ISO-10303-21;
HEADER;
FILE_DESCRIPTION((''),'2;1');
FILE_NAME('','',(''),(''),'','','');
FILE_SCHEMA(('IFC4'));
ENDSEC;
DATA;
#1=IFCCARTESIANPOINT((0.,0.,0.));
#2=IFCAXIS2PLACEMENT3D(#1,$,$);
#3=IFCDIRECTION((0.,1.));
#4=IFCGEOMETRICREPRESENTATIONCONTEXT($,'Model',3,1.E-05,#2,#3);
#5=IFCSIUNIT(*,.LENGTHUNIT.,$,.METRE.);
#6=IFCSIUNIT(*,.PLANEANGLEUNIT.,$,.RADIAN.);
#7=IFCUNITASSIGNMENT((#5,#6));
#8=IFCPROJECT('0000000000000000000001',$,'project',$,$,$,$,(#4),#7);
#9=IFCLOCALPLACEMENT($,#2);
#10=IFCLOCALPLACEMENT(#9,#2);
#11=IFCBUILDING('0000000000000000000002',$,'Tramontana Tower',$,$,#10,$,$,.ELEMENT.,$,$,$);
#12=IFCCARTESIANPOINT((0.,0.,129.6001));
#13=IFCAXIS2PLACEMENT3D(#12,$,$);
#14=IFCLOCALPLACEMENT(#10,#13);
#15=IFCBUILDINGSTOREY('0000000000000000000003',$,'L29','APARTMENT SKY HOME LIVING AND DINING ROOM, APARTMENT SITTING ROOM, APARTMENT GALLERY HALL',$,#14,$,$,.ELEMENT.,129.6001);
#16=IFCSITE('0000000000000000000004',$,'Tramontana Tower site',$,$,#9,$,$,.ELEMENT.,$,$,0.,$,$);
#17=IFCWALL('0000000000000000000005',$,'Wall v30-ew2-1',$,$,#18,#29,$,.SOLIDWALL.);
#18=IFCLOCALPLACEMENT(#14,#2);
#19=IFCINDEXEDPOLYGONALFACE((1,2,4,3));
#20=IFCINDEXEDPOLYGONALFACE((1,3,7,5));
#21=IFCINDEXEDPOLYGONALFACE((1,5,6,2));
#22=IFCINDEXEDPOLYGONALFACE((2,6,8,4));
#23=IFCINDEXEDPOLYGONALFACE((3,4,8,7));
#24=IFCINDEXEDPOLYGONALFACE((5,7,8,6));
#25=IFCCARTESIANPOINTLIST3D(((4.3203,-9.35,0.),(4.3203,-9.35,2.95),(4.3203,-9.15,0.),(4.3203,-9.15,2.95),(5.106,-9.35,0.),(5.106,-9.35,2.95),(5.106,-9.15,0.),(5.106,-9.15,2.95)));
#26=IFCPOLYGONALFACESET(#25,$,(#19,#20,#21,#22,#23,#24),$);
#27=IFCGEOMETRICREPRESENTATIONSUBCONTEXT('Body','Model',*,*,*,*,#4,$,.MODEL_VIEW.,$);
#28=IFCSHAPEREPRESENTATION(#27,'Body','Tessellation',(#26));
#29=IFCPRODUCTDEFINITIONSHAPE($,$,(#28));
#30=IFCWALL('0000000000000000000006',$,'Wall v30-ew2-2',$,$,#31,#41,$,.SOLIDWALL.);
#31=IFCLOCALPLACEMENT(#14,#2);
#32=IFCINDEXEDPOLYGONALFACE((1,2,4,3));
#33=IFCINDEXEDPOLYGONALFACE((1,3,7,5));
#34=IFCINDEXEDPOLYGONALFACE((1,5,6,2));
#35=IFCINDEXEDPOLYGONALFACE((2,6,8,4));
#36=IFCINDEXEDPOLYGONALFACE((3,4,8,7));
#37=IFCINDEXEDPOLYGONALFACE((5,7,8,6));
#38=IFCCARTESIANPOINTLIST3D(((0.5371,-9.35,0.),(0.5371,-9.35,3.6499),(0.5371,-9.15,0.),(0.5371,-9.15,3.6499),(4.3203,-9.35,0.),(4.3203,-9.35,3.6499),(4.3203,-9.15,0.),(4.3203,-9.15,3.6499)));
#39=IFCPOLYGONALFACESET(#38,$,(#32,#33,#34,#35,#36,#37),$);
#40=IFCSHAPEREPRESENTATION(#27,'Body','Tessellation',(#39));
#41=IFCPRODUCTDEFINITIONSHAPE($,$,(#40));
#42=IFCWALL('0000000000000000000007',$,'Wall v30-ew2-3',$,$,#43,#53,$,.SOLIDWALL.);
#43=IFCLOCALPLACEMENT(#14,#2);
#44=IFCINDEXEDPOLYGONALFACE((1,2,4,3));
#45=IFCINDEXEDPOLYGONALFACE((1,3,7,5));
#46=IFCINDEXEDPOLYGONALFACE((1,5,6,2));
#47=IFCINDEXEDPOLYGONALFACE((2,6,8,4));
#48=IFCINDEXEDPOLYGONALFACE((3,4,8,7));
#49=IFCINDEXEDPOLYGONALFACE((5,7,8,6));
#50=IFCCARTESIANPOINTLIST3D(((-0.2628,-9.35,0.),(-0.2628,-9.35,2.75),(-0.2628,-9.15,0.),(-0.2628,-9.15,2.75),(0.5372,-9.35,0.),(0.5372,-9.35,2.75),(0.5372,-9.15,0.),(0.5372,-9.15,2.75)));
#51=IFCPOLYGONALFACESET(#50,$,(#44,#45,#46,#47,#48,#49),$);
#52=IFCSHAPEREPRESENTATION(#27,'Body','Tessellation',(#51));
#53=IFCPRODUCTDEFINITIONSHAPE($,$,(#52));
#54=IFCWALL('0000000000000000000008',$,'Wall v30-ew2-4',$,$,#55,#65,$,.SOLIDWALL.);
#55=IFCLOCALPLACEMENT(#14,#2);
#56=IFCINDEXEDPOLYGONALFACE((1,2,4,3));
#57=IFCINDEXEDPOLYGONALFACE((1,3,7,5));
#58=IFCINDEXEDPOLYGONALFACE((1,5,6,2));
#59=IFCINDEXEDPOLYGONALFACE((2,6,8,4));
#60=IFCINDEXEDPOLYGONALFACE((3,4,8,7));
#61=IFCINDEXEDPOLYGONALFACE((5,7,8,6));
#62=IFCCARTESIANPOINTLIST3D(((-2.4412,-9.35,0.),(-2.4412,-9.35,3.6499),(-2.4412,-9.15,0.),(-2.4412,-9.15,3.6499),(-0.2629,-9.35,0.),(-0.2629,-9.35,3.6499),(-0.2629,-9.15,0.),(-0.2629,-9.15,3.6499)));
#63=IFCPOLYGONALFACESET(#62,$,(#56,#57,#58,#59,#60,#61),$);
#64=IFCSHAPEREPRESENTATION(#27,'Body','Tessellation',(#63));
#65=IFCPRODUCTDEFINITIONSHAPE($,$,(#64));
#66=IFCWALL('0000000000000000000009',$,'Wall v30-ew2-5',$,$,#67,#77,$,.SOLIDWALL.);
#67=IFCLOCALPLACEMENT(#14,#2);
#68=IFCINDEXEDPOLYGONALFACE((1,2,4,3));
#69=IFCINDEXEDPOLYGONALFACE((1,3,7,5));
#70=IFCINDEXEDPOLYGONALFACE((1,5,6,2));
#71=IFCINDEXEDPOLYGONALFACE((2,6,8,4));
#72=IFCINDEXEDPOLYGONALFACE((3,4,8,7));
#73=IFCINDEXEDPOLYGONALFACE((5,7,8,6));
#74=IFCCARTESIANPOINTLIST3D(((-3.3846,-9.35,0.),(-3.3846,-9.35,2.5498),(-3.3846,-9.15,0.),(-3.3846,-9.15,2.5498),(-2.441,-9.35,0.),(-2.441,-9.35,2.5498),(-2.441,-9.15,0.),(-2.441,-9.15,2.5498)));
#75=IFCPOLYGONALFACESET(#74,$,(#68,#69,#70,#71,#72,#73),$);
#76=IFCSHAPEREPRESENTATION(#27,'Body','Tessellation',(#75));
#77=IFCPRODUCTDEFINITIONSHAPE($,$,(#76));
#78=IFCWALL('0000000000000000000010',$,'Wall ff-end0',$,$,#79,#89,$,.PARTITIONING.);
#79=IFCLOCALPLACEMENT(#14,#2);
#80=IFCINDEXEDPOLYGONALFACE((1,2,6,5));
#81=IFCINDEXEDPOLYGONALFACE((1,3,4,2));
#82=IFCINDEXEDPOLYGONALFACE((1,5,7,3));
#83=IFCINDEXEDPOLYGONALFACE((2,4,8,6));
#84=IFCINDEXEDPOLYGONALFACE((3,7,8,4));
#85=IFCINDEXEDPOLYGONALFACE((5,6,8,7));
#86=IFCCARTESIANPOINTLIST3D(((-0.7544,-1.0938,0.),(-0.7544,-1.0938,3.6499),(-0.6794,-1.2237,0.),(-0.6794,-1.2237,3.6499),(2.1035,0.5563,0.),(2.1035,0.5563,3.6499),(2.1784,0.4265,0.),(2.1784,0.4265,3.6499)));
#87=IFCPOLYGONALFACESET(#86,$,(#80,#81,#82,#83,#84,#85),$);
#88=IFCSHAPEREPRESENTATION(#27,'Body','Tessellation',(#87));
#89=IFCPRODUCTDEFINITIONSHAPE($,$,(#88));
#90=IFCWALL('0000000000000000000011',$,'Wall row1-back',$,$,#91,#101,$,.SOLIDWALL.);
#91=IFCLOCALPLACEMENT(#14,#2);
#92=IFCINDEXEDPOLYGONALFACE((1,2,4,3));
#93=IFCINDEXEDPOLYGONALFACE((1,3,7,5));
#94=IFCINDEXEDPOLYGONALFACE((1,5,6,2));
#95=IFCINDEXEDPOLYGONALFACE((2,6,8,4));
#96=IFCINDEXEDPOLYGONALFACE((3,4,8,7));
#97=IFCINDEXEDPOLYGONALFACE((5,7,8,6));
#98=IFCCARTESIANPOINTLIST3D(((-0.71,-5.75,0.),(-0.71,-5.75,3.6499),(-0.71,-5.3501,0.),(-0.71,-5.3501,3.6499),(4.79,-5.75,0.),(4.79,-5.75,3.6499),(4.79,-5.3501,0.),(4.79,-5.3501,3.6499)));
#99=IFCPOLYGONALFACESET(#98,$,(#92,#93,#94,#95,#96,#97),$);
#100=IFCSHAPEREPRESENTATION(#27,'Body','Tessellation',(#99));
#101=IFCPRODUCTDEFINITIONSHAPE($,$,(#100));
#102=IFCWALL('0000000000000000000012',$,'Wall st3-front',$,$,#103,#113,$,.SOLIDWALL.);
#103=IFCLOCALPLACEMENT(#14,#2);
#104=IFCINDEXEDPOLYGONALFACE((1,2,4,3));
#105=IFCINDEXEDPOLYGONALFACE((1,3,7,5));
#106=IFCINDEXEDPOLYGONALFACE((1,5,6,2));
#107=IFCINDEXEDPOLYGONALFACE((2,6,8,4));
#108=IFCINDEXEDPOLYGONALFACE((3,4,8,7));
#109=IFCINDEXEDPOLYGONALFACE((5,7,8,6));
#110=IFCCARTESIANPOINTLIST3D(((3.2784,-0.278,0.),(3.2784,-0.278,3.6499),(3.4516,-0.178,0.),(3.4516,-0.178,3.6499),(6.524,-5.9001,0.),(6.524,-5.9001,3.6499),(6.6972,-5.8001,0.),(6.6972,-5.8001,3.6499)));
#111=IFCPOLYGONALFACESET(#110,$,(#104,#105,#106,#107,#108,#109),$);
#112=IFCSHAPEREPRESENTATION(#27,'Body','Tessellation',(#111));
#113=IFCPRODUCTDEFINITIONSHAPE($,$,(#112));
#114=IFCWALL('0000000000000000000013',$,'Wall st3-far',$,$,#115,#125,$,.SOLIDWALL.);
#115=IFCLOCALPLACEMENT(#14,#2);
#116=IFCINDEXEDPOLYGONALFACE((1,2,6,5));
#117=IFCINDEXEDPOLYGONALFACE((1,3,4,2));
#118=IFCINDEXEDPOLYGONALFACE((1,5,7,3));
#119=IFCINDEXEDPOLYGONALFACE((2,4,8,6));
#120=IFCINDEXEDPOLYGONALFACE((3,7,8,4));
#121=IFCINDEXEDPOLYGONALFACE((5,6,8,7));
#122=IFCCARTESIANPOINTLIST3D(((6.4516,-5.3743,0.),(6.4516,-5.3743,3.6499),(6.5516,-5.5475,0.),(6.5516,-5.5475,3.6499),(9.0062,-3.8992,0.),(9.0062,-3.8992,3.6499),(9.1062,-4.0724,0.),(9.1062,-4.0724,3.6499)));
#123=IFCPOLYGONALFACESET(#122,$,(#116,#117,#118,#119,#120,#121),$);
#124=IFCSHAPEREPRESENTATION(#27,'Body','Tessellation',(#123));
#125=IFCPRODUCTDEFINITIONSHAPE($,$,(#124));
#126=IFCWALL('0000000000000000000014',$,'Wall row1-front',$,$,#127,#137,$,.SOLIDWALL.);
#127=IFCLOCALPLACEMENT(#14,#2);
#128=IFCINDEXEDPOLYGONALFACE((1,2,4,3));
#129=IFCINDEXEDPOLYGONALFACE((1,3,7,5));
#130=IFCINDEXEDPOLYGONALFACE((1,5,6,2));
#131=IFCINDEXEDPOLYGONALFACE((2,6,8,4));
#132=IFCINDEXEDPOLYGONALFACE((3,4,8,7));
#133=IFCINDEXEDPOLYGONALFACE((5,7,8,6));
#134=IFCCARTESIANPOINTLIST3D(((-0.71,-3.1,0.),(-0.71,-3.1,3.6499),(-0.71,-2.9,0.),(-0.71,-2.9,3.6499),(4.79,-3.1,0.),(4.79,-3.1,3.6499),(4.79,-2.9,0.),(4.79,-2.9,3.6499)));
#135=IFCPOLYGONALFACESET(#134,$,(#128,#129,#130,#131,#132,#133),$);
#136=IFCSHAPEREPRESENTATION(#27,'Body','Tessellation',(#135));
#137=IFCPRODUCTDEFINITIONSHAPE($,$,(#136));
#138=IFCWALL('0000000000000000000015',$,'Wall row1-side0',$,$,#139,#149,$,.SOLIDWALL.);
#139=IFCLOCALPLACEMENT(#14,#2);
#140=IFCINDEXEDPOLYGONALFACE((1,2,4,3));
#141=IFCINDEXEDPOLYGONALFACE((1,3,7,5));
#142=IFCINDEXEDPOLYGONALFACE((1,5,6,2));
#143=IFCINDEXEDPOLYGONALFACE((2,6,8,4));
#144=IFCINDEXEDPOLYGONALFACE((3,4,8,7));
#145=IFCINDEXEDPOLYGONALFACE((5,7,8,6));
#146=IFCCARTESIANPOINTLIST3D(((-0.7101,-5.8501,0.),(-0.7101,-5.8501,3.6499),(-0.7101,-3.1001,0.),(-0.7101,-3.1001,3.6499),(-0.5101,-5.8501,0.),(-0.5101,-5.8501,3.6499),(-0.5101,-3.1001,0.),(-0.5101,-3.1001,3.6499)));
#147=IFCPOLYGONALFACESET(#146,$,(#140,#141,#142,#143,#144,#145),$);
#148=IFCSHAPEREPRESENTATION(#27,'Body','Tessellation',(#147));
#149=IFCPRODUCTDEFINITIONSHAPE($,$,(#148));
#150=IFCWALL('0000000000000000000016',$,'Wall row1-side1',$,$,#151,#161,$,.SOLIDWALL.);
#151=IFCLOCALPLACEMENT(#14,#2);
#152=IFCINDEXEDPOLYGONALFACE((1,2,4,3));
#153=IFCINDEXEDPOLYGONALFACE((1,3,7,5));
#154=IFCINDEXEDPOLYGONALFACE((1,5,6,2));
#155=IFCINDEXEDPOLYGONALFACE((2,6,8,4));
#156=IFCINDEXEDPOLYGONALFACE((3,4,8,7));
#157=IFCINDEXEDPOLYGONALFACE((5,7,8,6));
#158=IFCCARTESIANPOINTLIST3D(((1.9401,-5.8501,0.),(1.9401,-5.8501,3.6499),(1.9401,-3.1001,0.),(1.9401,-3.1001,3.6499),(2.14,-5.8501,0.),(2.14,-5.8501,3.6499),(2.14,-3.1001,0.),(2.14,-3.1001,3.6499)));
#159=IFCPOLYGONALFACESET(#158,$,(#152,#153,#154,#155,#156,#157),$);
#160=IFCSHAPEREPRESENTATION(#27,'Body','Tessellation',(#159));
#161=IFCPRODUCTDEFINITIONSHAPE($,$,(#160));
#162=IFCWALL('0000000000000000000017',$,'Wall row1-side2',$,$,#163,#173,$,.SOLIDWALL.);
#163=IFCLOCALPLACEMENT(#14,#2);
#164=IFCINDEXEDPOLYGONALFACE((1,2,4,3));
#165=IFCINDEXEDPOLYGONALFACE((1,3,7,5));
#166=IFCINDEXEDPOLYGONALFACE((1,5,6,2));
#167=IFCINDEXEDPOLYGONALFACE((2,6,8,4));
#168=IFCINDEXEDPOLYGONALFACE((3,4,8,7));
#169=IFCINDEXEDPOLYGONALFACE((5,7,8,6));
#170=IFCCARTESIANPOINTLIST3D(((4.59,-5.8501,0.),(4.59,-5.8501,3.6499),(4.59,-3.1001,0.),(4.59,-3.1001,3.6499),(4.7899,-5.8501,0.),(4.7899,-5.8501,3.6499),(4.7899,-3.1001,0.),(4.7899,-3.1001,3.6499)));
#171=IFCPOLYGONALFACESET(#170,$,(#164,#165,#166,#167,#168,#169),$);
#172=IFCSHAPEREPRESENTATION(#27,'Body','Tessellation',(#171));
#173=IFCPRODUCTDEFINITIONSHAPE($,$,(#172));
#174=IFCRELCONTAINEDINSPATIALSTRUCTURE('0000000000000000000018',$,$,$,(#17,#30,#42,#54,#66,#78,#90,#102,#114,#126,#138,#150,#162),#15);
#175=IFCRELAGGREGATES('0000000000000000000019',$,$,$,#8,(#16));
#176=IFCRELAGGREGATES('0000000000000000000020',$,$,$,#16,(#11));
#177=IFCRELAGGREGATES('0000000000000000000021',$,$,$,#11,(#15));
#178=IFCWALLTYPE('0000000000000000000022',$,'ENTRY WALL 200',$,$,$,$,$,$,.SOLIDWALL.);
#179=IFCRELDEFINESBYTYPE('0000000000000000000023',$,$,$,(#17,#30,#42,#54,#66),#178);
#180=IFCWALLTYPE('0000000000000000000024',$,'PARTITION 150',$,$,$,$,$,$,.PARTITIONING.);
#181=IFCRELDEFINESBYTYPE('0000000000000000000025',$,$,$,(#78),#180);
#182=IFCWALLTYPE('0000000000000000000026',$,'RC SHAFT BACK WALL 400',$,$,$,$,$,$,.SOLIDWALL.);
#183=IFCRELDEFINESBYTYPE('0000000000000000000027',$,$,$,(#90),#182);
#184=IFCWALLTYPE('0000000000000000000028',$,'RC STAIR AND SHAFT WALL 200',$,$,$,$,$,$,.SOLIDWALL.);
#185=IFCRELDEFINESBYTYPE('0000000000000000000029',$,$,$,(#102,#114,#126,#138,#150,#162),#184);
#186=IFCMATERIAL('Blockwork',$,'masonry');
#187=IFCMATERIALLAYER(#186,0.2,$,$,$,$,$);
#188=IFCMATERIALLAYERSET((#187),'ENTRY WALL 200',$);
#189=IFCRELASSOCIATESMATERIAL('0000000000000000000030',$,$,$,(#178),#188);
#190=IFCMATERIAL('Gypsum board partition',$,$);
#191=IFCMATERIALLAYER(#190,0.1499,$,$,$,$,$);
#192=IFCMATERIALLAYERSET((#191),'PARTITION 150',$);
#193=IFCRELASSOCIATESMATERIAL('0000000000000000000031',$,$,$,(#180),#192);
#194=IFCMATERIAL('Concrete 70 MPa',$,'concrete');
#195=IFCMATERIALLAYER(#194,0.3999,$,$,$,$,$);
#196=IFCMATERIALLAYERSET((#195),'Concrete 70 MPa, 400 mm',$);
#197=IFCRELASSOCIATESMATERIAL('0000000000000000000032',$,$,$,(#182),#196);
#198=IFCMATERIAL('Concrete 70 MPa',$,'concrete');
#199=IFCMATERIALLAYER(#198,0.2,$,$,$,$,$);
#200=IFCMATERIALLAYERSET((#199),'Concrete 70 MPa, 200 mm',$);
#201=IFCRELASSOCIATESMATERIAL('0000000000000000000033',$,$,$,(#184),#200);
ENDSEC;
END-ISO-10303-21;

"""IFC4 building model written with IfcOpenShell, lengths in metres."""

from ifc_helpers import new_model, si_unit, direction, frame, frame_2d, origin, place, context, subcontext, project, spatial, rectangle, extrude, material, layer, layer_set, type_object, element, save


model = new_model("IFC4")

# Units and contexts
model_context = context("Model", 3, precision=1e-05, world=origin(), true_north=direction((0.0, 1.0)))
body_context = subcontext(model_context, "Body", "Model", "MODEL_VIEW")
ifc_project = project(units=[si_unit("LENGTHUNIT", "METRE"), si_unit("PLANEANGLEUNIT", "RADIAN")], contexts=[model_context])

# Site, building, storey
site_placement = place(None, origin())
site = spatial("IfcSite", under=ifc_project, at=site_placement, Name="Tramontana Tower site", CompositionType="ELEMENT", RefElevation=0.0)
building_placement = place(site_placement, origin())
building = spatial("IfcBuilding", under=site, at=building_placement, Name="Tramontana Tower", CompositionType="ELEMENT")
storey_placement = place(building_placement, frame((0.0, 0.0, 129.6001)))
storey = spatial("IfcBuildingStorey", under=building, at=storey_placement, Name="L29", Description="APARTMENT SKY HOME LIVING AND DINING ROOM, APARTMENT SITTING ROOM, APARTMENT GALLERY HALL", CompositionType="ELEMENT", Elevation=129.6001)

# Walls
ifc_material_1 = material(Name="Blockwork", Category="masonry")
ifc_layer_1 = layer(ifc_material_1, 0.2)
ifc_layer_set_1 = layer_set([ifc_layer_1], Name="ENTRY WALL 200")
wall_type_1 = type_object("IfcWallType", Name="ENTRY WALL 200", PredefinedType="SOLIDWALL", material=ifc_layer_set_1)
wall_1_placement = place(storey_placement, frame((5.106, -9.25, 0.0), z_axis=(0.0, 0.0, 1.0), x_axis=(-1.0, 0.0, 0.0)))
element("IfcWall", 1, at=wall_1_placement, inside=storey, type_object=wall_type_1, Name="Wall v30-ew2-1", PredefinedType="SOLIDWALL", context=body_context, shape_type="SweptSolid", body=[
    extrude(rectangle(XDim=0.7856, YDim=0.2, at=frame_2d((0.3928, 0.0))), origin(), (0.0, 0.0, 1.0), 2.95),
])
wall_2_placement = place(storey_placement, frame((4.3203, -9.25, 0.0), z_axis=(0.0, 0.0, 1.0), x_axis=(-1.0, 0.0, 0.0)))
element("IfcWall", 2, at=wall_2_placement, inside=storey, type_object=wall_type_1, Name="Wall v30-ew2-2", PredefinedType="SOLIDWALL", context=body_context, shape_type="SweptSolid", body=[
    extrude(rectangle(XDim=3.7832, YDim=0.2, at=frame_2d((1.8916, 0.0))), origin(), (0.0, 0.0, 1.0), 3.6499),
])
wall_3_placement = place(storey_placement, frame((0.5371, -9.25, 0.0), z_axis=(0.0, 0.0, 1.0), x_axis=(-1.0, 0.0, 0.0)))
element("IfcWall", 3, at=wall_3_placement, inside=storey, type_object=wall_type_1, Name="Wall v30-ew2-3", PredefinedType="SOLIDWALL", context=body_context, shape_type="SweptSolid", body=[
    extrude(rectangle(XDim=0.8, YDim=0.2, at=frame_2d((0.3999, 0.0))), origin(), (0.0, 0.0, 1.0), 2.75),
])
wall_4_placement = place(storey_placement, frame((-0.2629, -9.25, 0.0), z_axis=(0.0, 0.0, 1.0), x_axis=(-1.0, 0.0, 0.0)))
element("IfcWall", 4, at=wall_4_placement, inside=storey, type_object=wall_type_1, Name="Wall v30-ew2-4", PredefinedType="SOLIDWALL", context=body_context, shape_type="SweptSolid", body=[
    extrude(rectangle(XDim=2.1782, YDim=0.2, at=frame_2d((1.0891, 0.0))), origin(), (0.0, 0.0, 1.0), 3.6499),
])
wall_5_placement = place(storey_placement, frame((-2.4412, -9.25, 0.0), z_axis=(0.0, 0.0, 1.0), x_axis=(-1.0, 0.0, 0.0)))
element("IfcWall", 5, at=wall_5_placement, inside=storey, type_object=wall_type_1, Name="Wall v30-ew2-5", PredefinedType="SOLIDWALL", context=body_context, shape_type="SweptSolid", body=[
    extrude(rectangle(XDim=0.9436, YDim=0.2, at=frame_2d((0.4717, 0.0))), origin(), (0.0, 0.0, 1.0), 2.5498),
])

# Shared definitions
ifc_material_2 = material(Name="Gypsum board partition")
ifc_layer_2 = layer(ifc_material_2, 0.1499)
ifc_layer_set_2 = layer_set([ifc_layer_2], Name="PARTITION 150")
wall_type_2 = type_object("IfcWallType", Name="PARTITION 150", PredefinedType="PARTITIONING", material=ifc_layer_set_2)

# Walls
wall_6_placement = place(storey_placement, frame((-0.7168, -1.1587, 0.0), z_axis=(0.0, 0.0, 1.0), x_axis=(0.866008, 0.50003, 0.0)))
element("IfcWall", 6, at=wall_6_placement, inside=storey, type_object=wall_type_2, Name="Wall ff-end0", PredefinedType="PARTITIONING", context=body_context, shape_type="SweptSolid", body=[
    extrude(rectangle(XDim=3.3, YDim=0.1499, at=frame_2d((1.6499, 0.0))), origin(), (0.0, 0.0, 1.0), 3.6499),
])
ifc_material_3 = material(Name="Concrete 70 MPa", Category="concrete")
ifc_layer_3 = layer(ifc_material_3, 0.3999)
ifc_layer_set_3 = layer_set([ifc_layer_3], Name="Concrete 70 MPa, 400 mm")
wall_type_3 = type_object("IfcWallType", Name="RC SHAFT BACK WALL 400", PredefinedType="SOLIDWALL", material=ifc_layer_set_3)
wall_7_placement = place(storey_placement, frame((-0.71, -5.55, 0.0), z_axis=(0.0, 0.0, 1.0), x_axis=(1.0, 0.0, 0.0)))
element("IfcWall", 7, at=wall_7_placement, inside=storey, type_object=wall_type_3, Name="Wall row1-back", PredefinedType="SOLIDWALL", context=body_context, shape_type="SweptSolid", body=[
    extrude(rectangle(XDim=5.5, YDim=0.3999, at=frame_2d((2.75, 0.0))), origin(), (0.0, 0.0, 1.0), 3.6499),
])

# Shared definitions
ifc_material_4 = material(Name="Concrete 70 MPa", Category="concrete")
ifc_layer_4 = layer(ifc_material_4, 0.2)
ifc_layer_set_4 = layer_set([ifc_layer_4], Name="Concrete 70 MPa, 200 mm")
wall_type_4 = type_object("IfcWallType", Name="RC STAIR AND SHAFT WALL 200", PredefinedType="SOLIDWALL", material=ifc_layer_set_4)

# Walls
wall_8_placement = place(storey_placement, frame((6.6106, -5.8501, 0.0), z_axis=(0.0, 0.0, 1.0), x_axis=(-0.499966, 0.866045, 0.0)))
element("IfcWall", 8, at=wall_8_placement, inside=storey, type_object=wall_type_4, Name="Wall st3-front", PredefinedType="SOLIDWALL", context=body_context, shape_type="SweptSolid", body=[
    extrude(rectangle(XDim=6.4917, YDim=0.2, at=frame_2d((3.2458, 0.0))), origin(), (0.0, 0.0, 1.0), 3.6499),
])
wall_9_placement = place(storey_placement, frame((6.5015, -5.4609, 0.0), z_axis=(0.0, 0.0, 1.0), x_axis=(0.866004, 0.500038, 0.0)))
element("IfcWall", 9, at=wall_9_placement, inside=storey, type_object=wall_type_4, Name="Wall st3-far", PredefinedType="SOLIDWALL", context=body_context, shape_type="SweptSolid", body=[
    extrude(rectangle(XDim=2.95, YDim=0.2, at=frame_2d((1.4751, 0.0))), origin(), (0.0, 0.0, 1.0), 3.6499),
])
wall_10_placement = place(storey_placement, frame((-0.71, -3.0, 0.0), z_axis=(0.0, 0.0, 1.0), x_axis=(1.0, 0.0, 0.0)))
element("IfcWall", 10, at=wall_10_placement, inside=storey, type_object=wall_type_4, Name="Wall row1-front", PredefinedType="SOLIDWALL", context=body_context, shape_type="SweptSolid", body=[
    extrude(rectangle(XDim=5.5, YDim=0.2, at=frame_2d((2.75, 0.0))), origin(), (0.0, 0.0, 1.0), 3.6499),
])
for number, where, z_axis, x_axis, name in (
    (11, (-0.6101, -3.1001, 0.0), (0.0, 0.0, 1.0), (0.0, -1.0, 0.0), "Wall row1-side0"),
    (12, (2.04, -3.1001, 0.0), (0.0, 0.0, 1.0), (0.0, -1.0, 0.0), "Wall row1-side1"),
    (13, (4.6899, -3.1001, 0.0), (0.0, 0.0, 1.0), (0.0, -1.0, 0.0), "Wall row1-side2"),
):
    element("IfcWall", number, at=place(storey_placement, frame(where, z_axis=z_axis, x_axis=x_axis)), inside=storey, type_object=wall_type_4, Name=name, PredefinedType="SOLIDWALL", context=body_context, shape_type="SweptSolid", body=[
        extrude(rectangle(XDim=2.75, YDim=0.2, at=frame_2d((1.375, 0.0))), origin(), (0.0, 0.0, 1.0), 3.6499),
    ])

save(model, "model.ifc")
